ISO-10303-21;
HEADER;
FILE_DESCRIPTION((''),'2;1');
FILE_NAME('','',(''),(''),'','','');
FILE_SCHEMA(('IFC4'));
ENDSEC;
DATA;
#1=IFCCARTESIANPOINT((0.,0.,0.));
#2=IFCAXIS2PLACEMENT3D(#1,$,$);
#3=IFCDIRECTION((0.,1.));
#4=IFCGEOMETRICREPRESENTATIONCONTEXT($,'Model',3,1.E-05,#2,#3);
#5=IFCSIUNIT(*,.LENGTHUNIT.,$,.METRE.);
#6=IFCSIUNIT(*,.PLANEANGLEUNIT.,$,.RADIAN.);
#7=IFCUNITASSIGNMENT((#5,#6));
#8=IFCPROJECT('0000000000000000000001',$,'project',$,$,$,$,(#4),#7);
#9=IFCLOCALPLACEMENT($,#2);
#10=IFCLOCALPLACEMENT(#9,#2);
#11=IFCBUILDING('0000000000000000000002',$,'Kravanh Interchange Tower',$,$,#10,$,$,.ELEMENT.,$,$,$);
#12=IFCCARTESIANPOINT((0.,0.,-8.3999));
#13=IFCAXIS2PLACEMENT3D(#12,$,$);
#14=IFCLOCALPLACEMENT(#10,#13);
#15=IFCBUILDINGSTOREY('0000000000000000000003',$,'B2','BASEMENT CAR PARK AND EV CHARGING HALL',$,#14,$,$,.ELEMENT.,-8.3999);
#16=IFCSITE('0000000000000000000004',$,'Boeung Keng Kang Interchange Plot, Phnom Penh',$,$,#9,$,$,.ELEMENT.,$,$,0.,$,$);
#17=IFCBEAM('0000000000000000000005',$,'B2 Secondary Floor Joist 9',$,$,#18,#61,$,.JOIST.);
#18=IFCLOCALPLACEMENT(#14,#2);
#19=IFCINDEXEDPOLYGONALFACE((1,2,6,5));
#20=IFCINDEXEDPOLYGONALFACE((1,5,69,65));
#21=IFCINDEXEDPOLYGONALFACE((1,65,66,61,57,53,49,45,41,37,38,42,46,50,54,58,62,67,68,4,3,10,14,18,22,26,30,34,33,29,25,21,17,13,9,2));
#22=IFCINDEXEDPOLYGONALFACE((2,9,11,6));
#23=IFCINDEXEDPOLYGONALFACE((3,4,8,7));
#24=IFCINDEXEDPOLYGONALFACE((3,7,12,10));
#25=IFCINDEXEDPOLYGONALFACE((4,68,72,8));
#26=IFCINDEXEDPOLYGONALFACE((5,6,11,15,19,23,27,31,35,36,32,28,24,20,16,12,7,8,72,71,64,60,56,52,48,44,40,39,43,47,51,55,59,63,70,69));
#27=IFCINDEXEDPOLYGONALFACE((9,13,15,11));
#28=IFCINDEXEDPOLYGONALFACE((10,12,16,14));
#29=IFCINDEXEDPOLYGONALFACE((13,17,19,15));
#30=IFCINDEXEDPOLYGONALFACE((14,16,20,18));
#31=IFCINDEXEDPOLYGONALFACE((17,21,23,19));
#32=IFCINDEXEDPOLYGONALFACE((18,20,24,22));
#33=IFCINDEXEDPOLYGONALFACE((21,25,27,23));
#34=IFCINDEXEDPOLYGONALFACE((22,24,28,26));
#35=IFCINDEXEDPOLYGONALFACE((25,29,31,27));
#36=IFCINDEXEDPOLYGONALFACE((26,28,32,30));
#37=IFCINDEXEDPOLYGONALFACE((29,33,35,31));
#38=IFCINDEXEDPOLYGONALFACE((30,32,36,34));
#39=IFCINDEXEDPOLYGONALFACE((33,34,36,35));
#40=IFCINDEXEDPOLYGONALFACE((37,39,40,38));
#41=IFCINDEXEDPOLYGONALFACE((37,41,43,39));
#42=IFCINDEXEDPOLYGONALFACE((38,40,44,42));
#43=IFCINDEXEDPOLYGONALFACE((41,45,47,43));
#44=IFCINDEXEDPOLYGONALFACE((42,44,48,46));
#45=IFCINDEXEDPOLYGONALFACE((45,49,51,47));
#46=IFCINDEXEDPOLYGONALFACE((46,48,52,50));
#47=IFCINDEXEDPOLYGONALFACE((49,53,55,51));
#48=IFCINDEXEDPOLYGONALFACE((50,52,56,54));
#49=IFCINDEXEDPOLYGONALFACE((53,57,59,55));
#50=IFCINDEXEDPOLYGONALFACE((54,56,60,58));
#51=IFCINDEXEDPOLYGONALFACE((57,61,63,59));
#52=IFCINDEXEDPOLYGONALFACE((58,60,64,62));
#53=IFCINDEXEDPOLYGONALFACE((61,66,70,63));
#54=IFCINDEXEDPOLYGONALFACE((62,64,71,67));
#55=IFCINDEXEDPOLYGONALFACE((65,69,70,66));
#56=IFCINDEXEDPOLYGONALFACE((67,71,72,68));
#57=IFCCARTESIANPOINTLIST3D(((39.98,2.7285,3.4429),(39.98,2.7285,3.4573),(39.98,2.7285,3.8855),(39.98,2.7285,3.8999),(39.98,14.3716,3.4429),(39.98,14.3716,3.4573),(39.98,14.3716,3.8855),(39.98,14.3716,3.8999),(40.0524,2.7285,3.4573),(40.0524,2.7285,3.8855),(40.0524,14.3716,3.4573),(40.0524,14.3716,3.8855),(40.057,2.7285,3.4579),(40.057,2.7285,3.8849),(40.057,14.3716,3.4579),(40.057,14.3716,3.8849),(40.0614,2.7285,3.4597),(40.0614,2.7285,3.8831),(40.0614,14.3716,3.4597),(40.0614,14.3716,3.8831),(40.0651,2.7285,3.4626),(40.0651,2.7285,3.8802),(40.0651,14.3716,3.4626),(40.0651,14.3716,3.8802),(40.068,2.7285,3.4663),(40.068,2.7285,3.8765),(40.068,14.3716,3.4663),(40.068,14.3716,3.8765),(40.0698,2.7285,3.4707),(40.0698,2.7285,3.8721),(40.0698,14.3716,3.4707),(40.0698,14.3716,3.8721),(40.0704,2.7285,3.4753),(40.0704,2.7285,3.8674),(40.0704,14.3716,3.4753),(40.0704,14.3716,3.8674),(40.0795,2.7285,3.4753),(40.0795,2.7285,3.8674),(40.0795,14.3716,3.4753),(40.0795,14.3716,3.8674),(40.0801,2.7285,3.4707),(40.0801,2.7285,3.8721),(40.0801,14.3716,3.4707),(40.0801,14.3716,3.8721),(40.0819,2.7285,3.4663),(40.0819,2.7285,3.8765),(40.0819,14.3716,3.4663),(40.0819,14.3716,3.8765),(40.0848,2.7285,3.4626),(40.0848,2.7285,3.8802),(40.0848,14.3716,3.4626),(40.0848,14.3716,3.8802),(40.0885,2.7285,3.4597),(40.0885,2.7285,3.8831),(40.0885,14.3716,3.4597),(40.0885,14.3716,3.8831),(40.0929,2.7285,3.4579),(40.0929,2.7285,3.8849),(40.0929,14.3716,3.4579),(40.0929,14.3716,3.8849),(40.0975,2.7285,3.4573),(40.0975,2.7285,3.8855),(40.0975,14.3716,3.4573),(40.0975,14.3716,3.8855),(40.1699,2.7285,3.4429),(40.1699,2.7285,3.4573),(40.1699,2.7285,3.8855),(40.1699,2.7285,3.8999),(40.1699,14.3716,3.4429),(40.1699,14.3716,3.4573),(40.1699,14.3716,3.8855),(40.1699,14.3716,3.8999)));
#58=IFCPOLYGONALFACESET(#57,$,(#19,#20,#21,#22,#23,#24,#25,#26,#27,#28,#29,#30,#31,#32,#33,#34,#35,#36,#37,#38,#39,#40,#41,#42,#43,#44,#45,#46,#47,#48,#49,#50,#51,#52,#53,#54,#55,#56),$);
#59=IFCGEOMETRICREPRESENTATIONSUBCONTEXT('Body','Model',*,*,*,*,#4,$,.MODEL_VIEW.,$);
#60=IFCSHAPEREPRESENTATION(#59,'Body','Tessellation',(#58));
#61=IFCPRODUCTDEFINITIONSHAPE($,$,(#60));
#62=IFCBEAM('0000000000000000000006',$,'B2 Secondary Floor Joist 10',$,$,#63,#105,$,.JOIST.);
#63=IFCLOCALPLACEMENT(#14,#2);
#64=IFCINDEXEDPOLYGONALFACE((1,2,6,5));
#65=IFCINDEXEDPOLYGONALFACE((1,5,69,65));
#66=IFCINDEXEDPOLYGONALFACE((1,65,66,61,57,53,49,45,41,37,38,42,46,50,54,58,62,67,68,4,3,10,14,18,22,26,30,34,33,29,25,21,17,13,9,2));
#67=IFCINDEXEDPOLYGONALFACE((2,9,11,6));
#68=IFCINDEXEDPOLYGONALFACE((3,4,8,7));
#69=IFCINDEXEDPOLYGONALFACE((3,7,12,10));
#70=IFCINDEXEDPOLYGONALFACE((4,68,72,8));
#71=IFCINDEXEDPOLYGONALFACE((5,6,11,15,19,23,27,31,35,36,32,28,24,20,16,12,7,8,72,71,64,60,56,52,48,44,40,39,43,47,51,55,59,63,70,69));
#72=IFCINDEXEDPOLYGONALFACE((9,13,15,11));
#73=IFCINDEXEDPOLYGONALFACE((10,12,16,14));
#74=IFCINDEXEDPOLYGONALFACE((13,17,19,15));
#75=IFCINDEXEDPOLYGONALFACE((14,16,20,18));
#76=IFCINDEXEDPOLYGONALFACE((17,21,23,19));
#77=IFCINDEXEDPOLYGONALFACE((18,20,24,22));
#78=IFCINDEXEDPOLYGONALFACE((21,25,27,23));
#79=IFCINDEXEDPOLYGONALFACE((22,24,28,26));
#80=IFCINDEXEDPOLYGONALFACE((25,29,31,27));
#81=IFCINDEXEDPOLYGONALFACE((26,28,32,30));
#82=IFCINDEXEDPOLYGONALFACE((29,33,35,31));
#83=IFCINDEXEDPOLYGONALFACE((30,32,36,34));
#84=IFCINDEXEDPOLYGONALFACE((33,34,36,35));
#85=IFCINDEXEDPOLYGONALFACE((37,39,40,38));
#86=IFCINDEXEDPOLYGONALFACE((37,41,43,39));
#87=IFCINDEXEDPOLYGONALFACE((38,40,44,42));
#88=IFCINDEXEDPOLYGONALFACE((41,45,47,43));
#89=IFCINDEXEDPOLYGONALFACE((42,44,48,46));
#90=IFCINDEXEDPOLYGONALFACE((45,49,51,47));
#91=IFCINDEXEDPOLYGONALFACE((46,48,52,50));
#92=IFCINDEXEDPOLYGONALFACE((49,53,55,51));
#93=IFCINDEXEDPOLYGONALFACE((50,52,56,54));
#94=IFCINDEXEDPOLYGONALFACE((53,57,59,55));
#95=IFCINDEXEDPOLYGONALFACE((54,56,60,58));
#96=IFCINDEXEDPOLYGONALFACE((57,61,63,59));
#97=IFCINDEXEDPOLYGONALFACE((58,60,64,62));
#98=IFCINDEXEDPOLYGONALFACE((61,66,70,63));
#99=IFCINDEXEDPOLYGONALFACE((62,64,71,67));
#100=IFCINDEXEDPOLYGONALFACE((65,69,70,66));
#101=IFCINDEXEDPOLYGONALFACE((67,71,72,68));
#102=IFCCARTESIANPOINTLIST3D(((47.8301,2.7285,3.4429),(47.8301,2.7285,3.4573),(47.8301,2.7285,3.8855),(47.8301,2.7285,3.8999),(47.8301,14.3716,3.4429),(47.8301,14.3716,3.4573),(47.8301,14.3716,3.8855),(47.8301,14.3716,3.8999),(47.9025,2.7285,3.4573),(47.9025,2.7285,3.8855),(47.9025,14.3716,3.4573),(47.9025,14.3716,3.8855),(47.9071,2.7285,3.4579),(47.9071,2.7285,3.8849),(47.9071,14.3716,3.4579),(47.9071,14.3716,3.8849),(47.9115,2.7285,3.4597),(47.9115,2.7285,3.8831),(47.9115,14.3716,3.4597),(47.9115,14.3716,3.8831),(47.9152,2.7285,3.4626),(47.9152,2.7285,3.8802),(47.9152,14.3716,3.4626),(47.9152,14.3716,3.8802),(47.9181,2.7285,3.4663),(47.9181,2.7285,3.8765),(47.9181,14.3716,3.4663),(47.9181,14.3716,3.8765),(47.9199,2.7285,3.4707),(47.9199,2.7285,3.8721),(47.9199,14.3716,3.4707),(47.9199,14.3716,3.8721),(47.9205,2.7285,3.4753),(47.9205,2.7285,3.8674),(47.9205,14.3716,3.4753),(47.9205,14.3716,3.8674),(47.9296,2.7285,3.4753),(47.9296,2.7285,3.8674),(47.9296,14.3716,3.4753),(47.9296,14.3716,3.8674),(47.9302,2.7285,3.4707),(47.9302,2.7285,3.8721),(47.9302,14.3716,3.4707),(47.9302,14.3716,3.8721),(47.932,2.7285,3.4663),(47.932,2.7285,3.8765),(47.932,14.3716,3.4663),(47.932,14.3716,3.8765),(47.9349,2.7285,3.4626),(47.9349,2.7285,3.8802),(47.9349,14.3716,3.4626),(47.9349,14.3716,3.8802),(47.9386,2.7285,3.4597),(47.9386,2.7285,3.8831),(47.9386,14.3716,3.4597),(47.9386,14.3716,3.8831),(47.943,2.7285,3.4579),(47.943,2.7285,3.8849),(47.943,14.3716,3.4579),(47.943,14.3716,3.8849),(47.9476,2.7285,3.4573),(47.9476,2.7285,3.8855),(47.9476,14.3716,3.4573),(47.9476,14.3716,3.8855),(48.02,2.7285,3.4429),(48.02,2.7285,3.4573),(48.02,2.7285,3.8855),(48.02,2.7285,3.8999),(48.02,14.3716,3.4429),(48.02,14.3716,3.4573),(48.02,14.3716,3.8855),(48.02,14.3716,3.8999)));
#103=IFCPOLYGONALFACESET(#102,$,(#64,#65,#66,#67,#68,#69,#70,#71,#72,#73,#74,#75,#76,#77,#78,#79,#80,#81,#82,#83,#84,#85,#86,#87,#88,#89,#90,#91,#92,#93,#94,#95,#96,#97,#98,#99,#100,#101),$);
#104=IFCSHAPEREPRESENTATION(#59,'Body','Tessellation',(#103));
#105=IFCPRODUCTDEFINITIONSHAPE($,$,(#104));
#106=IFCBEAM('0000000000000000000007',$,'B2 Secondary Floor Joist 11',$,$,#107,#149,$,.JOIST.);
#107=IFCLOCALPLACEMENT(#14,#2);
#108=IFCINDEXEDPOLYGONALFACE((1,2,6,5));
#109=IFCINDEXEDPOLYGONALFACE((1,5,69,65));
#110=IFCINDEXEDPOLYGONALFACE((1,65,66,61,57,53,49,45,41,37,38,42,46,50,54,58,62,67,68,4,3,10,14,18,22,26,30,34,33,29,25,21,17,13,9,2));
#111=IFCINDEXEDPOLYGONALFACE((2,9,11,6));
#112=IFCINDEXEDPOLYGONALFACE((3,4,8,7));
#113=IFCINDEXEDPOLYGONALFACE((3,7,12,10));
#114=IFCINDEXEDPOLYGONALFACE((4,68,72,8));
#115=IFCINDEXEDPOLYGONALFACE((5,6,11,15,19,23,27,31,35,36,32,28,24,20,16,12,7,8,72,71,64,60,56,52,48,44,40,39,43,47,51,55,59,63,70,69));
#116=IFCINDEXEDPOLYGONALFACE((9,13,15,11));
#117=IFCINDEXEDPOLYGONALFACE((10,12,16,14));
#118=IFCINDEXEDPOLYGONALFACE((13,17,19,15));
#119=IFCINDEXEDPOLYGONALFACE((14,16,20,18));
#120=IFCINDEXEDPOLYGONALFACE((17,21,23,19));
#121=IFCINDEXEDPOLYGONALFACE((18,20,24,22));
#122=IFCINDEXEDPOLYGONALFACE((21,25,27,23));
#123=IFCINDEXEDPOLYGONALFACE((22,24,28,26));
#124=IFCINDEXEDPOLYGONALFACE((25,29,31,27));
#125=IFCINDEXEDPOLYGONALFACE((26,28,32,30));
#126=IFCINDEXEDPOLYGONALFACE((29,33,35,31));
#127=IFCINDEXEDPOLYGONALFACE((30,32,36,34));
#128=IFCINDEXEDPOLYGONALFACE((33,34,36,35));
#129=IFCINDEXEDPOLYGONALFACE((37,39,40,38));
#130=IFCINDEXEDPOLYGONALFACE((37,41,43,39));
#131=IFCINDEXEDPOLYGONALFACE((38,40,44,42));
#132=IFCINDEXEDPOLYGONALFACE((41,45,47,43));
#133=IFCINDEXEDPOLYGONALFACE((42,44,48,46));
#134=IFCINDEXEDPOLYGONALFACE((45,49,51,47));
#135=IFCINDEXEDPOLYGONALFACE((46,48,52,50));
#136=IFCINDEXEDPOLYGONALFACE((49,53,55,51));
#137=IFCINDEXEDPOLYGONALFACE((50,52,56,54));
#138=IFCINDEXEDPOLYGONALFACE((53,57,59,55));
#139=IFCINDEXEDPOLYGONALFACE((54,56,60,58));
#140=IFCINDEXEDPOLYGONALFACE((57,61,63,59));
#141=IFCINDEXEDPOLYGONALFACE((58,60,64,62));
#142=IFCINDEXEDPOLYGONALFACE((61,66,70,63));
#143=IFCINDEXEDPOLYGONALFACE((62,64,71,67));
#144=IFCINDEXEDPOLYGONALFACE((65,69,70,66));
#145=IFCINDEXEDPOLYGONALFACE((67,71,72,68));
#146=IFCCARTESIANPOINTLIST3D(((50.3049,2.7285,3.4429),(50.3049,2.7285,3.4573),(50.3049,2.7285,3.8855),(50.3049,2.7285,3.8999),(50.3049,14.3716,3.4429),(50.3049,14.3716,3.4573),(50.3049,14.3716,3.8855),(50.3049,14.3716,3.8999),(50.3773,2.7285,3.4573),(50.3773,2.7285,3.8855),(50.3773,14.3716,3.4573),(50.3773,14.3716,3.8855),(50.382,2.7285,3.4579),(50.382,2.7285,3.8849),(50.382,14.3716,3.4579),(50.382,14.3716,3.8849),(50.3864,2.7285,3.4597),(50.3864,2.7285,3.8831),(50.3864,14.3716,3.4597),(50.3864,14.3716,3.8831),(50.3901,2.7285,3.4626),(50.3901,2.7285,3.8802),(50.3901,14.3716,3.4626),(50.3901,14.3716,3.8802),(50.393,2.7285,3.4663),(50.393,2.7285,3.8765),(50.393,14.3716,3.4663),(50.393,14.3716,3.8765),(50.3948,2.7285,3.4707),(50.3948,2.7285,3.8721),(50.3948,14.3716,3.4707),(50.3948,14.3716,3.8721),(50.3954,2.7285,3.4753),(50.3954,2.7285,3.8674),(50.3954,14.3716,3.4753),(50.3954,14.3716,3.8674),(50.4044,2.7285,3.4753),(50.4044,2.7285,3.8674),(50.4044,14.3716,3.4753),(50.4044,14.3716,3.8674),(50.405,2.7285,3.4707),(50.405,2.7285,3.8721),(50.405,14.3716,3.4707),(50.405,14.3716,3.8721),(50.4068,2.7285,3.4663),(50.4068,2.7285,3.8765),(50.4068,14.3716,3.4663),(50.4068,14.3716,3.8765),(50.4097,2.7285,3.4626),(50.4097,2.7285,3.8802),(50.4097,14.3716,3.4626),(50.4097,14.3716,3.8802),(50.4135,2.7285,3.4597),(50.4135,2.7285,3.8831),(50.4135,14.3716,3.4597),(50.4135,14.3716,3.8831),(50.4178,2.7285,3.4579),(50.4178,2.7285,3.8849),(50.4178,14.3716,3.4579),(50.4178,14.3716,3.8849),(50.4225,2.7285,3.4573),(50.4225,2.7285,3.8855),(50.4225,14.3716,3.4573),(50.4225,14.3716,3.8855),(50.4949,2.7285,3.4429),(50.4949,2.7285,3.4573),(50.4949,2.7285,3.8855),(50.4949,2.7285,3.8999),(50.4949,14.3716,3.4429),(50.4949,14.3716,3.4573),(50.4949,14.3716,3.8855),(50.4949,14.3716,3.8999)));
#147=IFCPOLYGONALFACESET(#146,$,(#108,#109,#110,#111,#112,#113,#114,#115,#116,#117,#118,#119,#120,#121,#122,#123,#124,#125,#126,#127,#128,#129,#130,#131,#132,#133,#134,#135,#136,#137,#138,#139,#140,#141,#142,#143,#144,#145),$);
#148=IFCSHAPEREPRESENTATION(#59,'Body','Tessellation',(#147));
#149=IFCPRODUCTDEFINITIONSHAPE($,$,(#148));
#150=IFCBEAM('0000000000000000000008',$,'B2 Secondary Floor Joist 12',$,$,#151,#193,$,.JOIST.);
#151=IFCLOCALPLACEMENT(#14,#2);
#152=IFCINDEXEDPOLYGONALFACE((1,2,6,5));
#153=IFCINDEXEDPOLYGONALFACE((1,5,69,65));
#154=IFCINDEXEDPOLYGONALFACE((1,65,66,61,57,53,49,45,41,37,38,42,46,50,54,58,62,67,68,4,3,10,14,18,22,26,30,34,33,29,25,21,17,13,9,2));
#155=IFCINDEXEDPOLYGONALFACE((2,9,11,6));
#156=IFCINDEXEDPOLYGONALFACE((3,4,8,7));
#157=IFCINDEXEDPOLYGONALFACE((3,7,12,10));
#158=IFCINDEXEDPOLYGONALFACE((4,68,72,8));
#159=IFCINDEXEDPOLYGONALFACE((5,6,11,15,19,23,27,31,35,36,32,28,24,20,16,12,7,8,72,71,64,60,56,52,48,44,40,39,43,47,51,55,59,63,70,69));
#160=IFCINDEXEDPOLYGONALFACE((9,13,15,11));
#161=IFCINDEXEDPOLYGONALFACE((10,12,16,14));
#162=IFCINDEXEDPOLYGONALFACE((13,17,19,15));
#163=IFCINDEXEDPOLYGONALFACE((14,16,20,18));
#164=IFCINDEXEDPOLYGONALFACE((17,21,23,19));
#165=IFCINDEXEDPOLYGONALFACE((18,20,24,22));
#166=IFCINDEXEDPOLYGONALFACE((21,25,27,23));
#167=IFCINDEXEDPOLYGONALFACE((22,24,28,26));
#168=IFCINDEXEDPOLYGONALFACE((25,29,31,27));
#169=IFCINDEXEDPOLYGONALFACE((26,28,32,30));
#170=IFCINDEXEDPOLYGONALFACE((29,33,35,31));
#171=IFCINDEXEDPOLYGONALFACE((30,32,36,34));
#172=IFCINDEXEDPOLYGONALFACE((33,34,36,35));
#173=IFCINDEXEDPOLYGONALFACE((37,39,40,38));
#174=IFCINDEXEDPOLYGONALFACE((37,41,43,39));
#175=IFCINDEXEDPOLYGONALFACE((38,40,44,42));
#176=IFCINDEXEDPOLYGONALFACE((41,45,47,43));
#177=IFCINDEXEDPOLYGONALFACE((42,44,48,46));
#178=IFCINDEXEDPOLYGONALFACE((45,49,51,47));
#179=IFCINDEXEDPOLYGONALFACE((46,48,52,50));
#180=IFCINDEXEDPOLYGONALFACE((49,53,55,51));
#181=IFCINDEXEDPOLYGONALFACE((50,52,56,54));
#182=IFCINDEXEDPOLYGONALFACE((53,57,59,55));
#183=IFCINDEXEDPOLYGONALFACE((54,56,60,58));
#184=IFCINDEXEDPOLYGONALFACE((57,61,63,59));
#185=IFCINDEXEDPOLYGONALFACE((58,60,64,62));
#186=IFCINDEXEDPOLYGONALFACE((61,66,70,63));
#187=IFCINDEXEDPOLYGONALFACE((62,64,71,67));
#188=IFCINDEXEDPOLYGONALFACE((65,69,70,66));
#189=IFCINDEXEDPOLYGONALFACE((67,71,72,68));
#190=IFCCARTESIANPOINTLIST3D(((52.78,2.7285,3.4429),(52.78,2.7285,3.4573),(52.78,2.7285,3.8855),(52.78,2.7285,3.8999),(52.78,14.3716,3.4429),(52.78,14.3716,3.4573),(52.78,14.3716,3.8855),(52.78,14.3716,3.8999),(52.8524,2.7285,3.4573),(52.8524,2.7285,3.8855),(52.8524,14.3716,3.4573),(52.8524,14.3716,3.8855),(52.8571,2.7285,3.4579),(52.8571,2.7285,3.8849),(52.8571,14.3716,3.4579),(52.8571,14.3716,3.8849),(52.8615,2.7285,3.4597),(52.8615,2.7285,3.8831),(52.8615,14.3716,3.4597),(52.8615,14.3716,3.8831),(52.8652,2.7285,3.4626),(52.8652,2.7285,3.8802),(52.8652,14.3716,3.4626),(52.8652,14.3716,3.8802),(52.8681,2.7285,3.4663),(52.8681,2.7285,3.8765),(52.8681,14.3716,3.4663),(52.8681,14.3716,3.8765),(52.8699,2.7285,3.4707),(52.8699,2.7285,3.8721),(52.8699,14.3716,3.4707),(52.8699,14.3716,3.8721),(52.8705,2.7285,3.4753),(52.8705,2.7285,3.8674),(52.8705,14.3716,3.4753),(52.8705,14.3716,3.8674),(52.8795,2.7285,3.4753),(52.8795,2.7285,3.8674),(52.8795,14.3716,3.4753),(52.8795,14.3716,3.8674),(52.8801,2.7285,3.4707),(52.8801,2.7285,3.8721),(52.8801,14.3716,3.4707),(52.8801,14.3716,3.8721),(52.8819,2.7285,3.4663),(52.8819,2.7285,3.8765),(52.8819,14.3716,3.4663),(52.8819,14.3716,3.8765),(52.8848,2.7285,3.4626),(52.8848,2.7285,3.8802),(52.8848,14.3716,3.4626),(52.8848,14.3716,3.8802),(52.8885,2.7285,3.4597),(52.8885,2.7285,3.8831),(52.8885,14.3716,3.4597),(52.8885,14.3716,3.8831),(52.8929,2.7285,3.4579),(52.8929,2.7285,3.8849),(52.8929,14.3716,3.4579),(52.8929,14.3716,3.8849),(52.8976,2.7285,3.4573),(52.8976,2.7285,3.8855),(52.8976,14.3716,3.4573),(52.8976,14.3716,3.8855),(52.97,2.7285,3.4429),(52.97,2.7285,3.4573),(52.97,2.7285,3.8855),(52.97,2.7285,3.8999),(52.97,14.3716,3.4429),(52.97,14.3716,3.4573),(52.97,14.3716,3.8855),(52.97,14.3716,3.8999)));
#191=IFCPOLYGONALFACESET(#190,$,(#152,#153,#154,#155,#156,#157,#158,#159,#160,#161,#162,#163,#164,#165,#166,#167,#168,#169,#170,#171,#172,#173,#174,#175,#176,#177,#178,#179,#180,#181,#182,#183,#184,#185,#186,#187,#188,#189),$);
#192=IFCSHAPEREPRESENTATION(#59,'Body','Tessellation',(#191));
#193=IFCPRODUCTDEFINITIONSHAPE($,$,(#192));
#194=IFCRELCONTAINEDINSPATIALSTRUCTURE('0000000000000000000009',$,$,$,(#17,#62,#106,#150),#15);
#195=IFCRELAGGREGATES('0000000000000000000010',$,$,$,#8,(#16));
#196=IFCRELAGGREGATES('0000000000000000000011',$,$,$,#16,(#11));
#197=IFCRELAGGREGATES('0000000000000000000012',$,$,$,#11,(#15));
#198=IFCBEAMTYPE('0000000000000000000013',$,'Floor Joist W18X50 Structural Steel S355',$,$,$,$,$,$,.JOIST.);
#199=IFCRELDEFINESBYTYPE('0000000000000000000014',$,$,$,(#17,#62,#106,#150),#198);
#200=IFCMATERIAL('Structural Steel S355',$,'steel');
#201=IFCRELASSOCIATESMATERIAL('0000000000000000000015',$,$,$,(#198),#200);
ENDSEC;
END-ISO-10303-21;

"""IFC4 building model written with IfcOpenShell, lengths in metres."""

from ifc_helpers import new_model, si_unit, direction, frame, origin, origin_2d, place, context, subcontext, project, spatial, i_section, extrude, material, material_profile, profile_set, type_object, element, save


model = new_model("IFC4")

# Units and contexts
model_context = context("Model", 3, precision=1e-05, world=origin(), true_north=direction((0.0, 1.0)))
body_context = subcontext(model_context, "Body", "Model", "MODEL_VIEW")
ifc_project = project(units=[si_unit("LENGTHUNIT", "METRE"), si_unit("PLANEANGLEUNIT", "RADIAN")], contexts=[model_context])

# Site, building, storey
site_placement = place(None, origin())
site = spatial("IfcSite", under=ifc_project, at=site_placement, Name="Boeung Keng Kang Interchange Plot, Phnom Penh", CompositionType="ELEMENT", RefElevation=0.0)
building_placement = place(site_placement, origin())
building = spatial("IfcBuilding", under=site, at=building_placement, Name="Kravanh Interchange Tower", CompositionType="ELEMENT")
storey_placement = place(building_placement, frame((0.0, 0.0, -8.3999)))
storey = spatial("IfcBuildingStorey", under=building, at=storey_placement, Name="B2", Description="BASEMENT CAR PARK AND EV CHARGING HALL", CompositionType="ELEMENT", Elevation=-8.3999)

# Beams
ifc_material_1 = material(Name="Structural Steel S355", Category="steel")
ifc_material_profile_1 = material_profile(ifc_material_1, i_section(OverallWidth=0.1899, OverallDepth=0.457, WebThickness=0.009, FlangeThickness=0.0144, FilletRadius=0.0181, at=origin_2d()), Name="W18X50")
ifc_profile_set_1 = profile_set([ifc_material_profile_1], Name="Structural Steel S355")
beam_type_1 = type_object("IfcBeamType", Name="Floor Joist W18X50 Structural Steel S355", PredefinedType="JOIST", material=ifc_profile_set_1)
for number, where, z_axis, x_axis, name in (
    (1, (40.075, 2.7285, 3.6714), (0.0, 1.0, 0.0), (-1.0, 0.0, 0.0), "B2 Secondary Floor Joist 9"),
    (2, (47.925, 2.7285, 3.6714), (0.0, 1.0, 0.0), (-1.0, 0.0, 0.0), "B2 Secondary Floor Joist 10"),
    (3, (50.3999, 2.7285, 3.6714), (0.0, 1.0, 0.0), (-1.0, 0.0, 0.0), "B2 Secondary Floor Joist 11"),
    (4, (52.875, 2.7285, 3.6714), (0.0, 1.0, 0.0), (-1.0, 0.0, 0.0), "B2 Secondary Floor Joist 12"),
):
    element("IfcBeam", number, at=place(storey_placement, frame(where, z_axis=z_axis, x_axis=x_axis)), inside=storey, type_object=beam_type_1, Name=name, PredefinedType="JOIST", context=body_context, shape_type="SweptSolid", body=[
        extrude(i_section(OverallWidth=0.1899, OverallDepth=0.457, WebThickness=0.009, FlangeThickness=0.0144, FilletRadius=0.0181, at=origin_2d()), origin(), (0.0, 0.0, 1.0), 11.6431),
    ])

save(model, "model.ifc")
